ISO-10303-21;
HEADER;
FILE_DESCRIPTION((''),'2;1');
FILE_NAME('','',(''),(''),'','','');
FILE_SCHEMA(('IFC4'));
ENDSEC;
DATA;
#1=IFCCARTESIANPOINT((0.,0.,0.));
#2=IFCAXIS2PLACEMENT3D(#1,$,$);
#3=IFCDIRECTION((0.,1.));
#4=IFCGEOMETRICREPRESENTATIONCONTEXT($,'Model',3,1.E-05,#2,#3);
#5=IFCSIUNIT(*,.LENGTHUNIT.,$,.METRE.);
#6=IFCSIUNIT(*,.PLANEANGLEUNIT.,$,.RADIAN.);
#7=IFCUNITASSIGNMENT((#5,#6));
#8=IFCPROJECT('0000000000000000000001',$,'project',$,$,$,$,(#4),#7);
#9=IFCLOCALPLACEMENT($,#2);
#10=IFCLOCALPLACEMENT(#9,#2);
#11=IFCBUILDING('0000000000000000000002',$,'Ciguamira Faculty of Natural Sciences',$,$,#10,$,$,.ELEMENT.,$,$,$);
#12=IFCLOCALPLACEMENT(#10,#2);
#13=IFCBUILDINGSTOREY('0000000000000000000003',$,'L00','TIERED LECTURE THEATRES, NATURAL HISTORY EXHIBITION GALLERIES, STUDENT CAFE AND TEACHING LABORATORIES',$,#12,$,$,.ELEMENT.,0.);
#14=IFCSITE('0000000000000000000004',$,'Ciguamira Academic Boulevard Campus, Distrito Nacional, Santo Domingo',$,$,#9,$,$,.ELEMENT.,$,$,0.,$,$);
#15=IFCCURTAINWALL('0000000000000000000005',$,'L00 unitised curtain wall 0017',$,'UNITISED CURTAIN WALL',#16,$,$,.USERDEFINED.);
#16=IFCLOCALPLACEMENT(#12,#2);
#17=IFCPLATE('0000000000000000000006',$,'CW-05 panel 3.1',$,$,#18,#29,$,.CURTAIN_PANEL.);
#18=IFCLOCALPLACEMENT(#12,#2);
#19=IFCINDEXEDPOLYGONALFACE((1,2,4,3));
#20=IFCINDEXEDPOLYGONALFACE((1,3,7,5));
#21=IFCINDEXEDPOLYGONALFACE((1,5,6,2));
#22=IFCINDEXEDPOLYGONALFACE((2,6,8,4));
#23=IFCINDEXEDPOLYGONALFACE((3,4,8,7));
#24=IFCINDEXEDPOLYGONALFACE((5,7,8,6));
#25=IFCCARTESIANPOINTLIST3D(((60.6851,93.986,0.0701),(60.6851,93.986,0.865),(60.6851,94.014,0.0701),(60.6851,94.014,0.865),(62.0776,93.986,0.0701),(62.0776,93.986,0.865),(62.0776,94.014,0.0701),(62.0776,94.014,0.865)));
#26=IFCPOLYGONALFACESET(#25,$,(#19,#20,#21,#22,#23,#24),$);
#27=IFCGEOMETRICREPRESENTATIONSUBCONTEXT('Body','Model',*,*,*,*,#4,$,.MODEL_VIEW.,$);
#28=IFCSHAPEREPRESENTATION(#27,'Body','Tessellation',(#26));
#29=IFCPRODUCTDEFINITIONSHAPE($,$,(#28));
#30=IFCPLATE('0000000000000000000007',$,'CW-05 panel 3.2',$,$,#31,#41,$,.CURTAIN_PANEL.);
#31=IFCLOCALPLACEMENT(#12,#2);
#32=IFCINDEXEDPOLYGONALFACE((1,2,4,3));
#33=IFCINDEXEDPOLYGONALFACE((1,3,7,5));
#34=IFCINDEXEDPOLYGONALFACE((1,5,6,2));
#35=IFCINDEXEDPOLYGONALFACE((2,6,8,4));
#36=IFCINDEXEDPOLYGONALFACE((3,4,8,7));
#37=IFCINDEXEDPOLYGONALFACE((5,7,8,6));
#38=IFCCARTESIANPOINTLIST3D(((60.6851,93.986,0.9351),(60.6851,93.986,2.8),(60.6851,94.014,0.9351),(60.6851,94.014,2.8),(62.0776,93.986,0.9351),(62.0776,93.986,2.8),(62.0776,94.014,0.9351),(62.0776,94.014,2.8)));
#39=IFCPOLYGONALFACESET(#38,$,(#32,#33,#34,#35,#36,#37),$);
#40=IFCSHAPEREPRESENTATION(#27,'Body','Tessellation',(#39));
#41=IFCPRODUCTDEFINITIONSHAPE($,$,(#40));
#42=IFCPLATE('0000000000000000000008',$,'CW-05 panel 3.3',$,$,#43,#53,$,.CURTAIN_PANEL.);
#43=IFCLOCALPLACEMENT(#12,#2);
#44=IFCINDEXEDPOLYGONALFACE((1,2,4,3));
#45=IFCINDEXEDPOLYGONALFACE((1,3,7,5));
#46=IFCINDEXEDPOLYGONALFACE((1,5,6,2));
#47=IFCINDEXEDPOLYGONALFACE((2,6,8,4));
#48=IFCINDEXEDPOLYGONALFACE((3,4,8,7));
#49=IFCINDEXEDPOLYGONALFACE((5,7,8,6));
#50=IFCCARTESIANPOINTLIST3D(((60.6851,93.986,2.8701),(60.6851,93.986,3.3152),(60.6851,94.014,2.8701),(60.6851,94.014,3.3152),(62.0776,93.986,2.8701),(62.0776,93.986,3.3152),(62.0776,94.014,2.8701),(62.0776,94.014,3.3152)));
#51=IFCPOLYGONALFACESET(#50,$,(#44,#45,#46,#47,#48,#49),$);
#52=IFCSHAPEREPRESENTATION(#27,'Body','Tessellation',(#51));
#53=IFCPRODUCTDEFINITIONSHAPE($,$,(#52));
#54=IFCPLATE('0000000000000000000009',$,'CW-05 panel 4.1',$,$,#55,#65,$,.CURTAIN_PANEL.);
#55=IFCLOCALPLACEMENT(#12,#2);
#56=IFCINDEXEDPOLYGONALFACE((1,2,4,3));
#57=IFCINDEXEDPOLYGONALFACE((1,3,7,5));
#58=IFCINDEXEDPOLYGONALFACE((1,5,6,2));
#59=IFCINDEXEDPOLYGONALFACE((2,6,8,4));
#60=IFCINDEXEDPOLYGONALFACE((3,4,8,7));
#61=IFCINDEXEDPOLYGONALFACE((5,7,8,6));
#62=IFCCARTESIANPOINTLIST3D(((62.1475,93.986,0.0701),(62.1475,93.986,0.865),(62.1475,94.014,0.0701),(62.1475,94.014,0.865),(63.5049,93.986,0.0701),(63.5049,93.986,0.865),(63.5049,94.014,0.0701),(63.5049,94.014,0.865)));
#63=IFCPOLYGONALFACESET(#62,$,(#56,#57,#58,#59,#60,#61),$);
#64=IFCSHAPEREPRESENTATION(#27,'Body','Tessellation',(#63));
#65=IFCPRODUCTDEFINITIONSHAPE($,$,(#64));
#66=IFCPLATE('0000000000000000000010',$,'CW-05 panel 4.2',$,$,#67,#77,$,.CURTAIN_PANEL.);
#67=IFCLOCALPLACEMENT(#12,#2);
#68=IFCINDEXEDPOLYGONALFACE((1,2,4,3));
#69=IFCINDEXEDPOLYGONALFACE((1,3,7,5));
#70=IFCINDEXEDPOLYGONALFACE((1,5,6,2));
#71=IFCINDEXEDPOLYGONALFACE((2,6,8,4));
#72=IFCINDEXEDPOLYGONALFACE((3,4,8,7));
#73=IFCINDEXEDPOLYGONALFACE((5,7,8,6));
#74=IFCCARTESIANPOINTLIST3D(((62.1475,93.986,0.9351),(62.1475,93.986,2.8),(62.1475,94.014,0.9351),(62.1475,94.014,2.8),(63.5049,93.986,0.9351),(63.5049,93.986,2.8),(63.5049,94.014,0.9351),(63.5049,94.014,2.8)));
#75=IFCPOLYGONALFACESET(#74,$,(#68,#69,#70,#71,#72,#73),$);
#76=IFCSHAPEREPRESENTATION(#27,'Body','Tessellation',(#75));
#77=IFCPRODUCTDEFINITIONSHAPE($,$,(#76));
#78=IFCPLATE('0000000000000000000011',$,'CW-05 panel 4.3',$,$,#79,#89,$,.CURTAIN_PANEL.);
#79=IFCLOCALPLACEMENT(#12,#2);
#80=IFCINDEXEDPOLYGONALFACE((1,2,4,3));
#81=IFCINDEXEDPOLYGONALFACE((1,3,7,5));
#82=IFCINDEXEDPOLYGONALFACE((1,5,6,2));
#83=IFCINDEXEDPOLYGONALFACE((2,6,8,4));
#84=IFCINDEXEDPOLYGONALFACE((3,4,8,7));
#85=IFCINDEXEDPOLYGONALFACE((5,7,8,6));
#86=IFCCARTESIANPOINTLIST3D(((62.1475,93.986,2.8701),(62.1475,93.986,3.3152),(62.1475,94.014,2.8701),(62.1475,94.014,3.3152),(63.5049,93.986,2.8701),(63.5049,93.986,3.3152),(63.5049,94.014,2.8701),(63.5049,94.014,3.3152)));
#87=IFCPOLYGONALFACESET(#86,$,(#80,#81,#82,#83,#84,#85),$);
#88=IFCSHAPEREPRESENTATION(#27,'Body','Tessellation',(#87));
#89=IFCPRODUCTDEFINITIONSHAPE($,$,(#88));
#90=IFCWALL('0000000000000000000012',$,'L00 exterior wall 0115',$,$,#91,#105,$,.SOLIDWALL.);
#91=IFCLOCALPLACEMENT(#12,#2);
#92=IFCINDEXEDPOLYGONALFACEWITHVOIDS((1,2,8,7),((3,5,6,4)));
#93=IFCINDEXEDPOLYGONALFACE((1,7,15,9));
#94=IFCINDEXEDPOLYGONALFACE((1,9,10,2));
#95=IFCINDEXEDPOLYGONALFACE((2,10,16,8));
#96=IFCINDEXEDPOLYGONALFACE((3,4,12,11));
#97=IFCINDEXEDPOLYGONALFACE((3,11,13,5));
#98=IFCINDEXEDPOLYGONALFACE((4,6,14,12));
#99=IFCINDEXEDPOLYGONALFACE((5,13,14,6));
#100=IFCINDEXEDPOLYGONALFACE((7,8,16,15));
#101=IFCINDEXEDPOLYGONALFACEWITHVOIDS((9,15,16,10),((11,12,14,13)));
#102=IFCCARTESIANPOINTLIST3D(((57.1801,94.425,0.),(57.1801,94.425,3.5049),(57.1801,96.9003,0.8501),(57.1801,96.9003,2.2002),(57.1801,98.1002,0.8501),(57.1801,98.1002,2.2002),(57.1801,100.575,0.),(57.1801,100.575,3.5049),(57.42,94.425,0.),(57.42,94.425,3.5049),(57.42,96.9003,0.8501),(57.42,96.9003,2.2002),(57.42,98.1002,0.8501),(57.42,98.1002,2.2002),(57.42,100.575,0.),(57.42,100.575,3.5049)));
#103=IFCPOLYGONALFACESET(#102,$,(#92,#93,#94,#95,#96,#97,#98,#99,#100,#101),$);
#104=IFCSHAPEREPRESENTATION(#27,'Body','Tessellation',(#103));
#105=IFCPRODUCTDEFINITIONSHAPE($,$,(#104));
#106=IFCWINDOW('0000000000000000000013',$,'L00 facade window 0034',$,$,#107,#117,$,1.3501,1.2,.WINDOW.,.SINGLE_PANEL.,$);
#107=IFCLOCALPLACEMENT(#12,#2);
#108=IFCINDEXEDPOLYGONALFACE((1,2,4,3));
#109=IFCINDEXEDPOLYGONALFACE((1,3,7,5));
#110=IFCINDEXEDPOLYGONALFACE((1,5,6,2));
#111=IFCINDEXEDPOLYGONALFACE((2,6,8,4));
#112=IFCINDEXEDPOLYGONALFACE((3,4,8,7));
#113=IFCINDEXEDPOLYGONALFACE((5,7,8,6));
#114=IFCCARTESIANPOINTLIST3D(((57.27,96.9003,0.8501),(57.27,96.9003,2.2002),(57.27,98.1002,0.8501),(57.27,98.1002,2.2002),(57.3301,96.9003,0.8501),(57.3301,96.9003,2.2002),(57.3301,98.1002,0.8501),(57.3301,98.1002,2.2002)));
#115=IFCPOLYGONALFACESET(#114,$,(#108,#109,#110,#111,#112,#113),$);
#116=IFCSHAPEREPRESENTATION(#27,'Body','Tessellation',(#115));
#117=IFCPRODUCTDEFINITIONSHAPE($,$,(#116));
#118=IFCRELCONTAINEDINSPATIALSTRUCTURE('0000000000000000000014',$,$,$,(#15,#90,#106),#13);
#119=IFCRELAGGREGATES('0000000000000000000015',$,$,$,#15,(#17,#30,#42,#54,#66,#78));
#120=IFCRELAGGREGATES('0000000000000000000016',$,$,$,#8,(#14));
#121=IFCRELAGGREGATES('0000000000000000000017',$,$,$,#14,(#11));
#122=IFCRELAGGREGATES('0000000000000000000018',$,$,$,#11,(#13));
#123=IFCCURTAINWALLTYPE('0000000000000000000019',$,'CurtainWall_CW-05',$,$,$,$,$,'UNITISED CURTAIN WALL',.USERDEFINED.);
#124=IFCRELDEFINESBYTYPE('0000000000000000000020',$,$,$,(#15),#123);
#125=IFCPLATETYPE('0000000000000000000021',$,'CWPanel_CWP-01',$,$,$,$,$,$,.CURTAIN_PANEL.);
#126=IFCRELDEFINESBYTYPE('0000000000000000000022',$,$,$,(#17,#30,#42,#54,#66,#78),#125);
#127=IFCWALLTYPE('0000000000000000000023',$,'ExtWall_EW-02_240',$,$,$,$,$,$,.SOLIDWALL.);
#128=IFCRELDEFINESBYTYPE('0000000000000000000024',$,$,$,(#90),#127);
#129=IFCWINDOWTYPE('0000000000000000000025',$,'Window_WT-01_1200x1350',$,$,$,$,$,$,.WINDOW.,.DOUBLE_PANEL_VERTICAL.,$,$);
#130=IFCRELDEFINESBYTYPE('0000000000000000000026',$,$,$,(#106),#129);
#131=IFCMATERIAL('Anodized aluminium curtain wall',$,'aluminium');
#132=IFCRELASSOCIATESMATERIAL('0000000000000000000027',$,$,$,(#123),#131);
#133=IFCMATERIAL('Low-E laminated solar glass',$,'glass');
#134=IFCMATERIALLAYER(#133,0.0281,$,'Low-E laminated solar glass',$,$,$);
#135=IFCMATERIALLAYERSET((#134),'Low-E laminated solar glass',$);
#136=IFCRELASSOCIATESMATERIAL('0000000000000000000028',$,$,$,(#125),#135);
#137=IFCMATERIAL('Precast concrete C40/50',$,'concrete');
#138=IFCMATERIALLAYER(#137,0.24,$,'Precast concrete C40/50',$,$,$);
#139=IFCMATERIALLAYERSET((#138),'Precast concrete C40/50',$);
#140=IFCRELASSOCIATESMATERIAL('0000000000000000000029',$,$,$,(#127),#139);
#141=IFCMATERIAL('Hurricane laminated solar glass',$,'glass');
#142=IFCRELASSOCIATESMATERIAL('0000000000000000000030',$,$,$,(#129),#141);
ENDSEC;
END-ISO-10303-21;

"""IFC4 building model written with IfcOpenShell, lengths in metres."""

from ifc_helpers import new_model, si_unit, direction, frame, frame_2d, origin, origin_2d, place, context, subcontext, project, spatial, rectangle, extrude, material, layer, layer_set, type_object, element, fill, aggregate, save


model = new_model("IFC4")

# Units and contexts
model_context = context("Model", 3, precision=1e-05, world=origin(), true_north=direction((0.0, 1.0)))
body_context = subcontext(model_context, "Body", "Model", "MODEL_VIEW")
ifc_project = project(units=[si_unit("LENGTHUNIT", "METRE"), si_unit("PLANEANGLEUNIT", "RADIAN")], contexts=[model_context])

# Site, building, storey
site_placement = place(None, origin())
site = spatial("IfcSite", under=ifc_project, at=site_placement, Name="Ciguamira Academic Boulevard Campus, Distrito Nacional, Santo Domingo", CompositionType="ELEMENT", RefElevation=0.0)
building_placement = place(site_placement, origin())
building = spatial("IfcBuilding", under=site, at=building_placement, Name="Ciguamira Faculty of Natural Sciences", CompositionType="ELEMENT")
storey_placement = place(building_placement, origin())
storey = spatial("IfcBuildingStorey", under=building, at=storey_placement, Name="L00", Description="TIERED LECTURE THEATRES, NATURAL HISTORY EXHIBITION GALLERIES, STUDENT CAFE AND TEACHING LABORATORIES", CompositionType="ELEMENT", Elevation=0.0)

# Curtain wall
ifc_material_1 = material(Name="Anodized aluminium curtain wall", Category="aluminium")
curtain_wall_type = type_object("IfcCurtainWallType", Name="CurtainWall_CW-05", ElementType="UNITISED CURTAIN WALL", PredefinedType="USERDEFINED", material=ifc_material_1)
curtain_wall_placement = place(storey_placement, origin())
curtain_wall = element("IfcCurtainWall", 1, at=curtain_wall_placement, inside=storey, type_object=curtain_wall_type, Name="L00 unitised curtain wall 0017", ObjectType="UNITISED CURTAIN WALL", PredefinedType="USERDEFINED")

# Shared definitions
ifc_material_2 = material(Name="Precast concrete C40/50", Category="concrete")

# Plates
ifc_material_3 = material(Name="Low-E laminated solar glass", Category="glass")
ifc_layer_1 = layer(ifc_material_3, 0.0281, Name="Low-E laminated solar glass")
ifc_layer_set_1 = layer_set([ifc_layer_1], Name="Low-E laminated solar glass")
plate_type = type_object("IfcPlateType", Name="CWPanel_CWP-01", PredefinedType="CURTAIN_PANEL", material=ifc_layer_set_1)
plate_1_placement = place(storey_placement, frame((61.3813, 94.0, 0.0701), z_axis=(0.0, 0.0, 1.0), x_axis=(1.0, 0.0, 0.0)))
plate_1 = element("IfcPlate", 2, at=plate_1_placement, type_object=plate_type, Name="CW-05 panel 3.1", PredefinedType="CURTAIN_PANEL", context=body_context, shape_type="SweptSolid", body=[
    extrude(rectangle(XDim=1.3926, YDim=0.0281, at=origin_2d()), origin(), (0.0, 0.0, 1.0), 0.7949),
])
plate_2_placement = place(storey_placement, frame((61.3813, 94.0, 0.9351), z_axis=(0.0, 0.0, 1.0), x_axis=(1.0, 0.0, 0.0)))
plate_2 = element("IfcPlate", 3, at=plate_2_placement, type_object=plate_type, Name="CW-05 panel 3.2", PredefinedType="CURTAIN_PANEL", context=body_context, shape_type="SweptSolid", body=[
    extrude(rectangle(XDim=1.3926, YDim=0.0281, at=origin_2d()), origin(), (0.0, 0.0, 1.0), 1.865),
])
plate_3_placement = place(storey_placement, frame((61.3813, 94.0, 2.8701), z_axis=(0.0, 0.0, 1.0), x_axis=(1.0, 0.0, 0.0)))
plate_3 = element("IfcPlate", 4, at=plate_3_placement, type_object=plate_type, Name="CW-05 panel 3.3", PredefinedType="CURTAIN_PANEL", context=body_context, shape_type="SweptSolid", body=[
    extrude(rectangle(XDim=1.3926, YDim=0.0281, at=origin_2d()), origin(), (0.0, 0.0, 1.0), 0.4451),
])
plate_4_placement = place(storey_placement, frame((62.8262, 94.0, 0.0701), z_axis=(0.0, 0.0, 1.0), x_axis=(1.0, 0.0, 0.0)))
plate_4 = element("IfcPlate", 5, at=plate_4_placement, type_object=plate_type, Name="CW-05 panel 4.1", PredefinedType="CURTAIN_PANEL", context=body_context, shape_type="SweptSolid", body=[
    extrude(rectangle(XDim=1.3574, YDim=0.0281, at=origin_2d()), origin(), (0.0, 0.0, 1.0), 0.7949),
])
plate_5_placement = place(storey_placement, frame((62.8262, 94.0, 0.9351), z_axis=(0.0, 0.0, 1.0), x_axis=(1.0, 0.0, 0.0)))
plate_5 = element("IfcPlate", 6, at=plate_5_placement, type_object=plate_type, Name="CW-05 panel 4.2", PredefinedType="CURTAIN_PANEL", context=body_context, shape_type="SweptSolid", body=[
    extrude(rectangle(XDim=1.3574, YDim=0.0281, at=origin_2d()), origin(), (0.0, 0.0, 1.0), 1.865),
])
plate_6_placement = place(storey_placement, frame((62.8262, 94.0, 2.8701), z_axis=(0.0, 0.0, 1.0), x_axis=(1.0, 0.0, 0.0)))
plate_6 = element("IfcPlate", 7, at=plate_6_placement, type_object=plate_type, Name="CW-05 panel 4.3", PredefinedType="CURTAIN_PANEL", context=body_context, shape_type="SweptSolid", body=[
    extrude(rectangle(XDim=1.3574, YDim=0.0281, at=origin_2d()), origin(), (0.0, 0.0, 1.0), 0.4451),
])
aggregate(curtain_wall, [plate_1, plate_2, plate_3, plate_4, plate_5, plate_6])

# Wall, opening, window
ifc_layer_2 = layer(ifc_material_2, 0.24, Name="Precast concrete C40/50")
ifc_layer_set_2 = layer_set([ifc_layer_2], Name="Precast concrete C40/50")
wall_type = type_object("IfcWallType", Name="ExtWall_EW-02_240", PredefinedType="SOLIDWALL", material=ifc_layer_set_2)
wall_placement = place(storey_placement, frame((57.3, 94.425, 0.0), z_axis=(0.0, 0.0, 1.0), x_axis=(0.0, 1.0, 0.0)))
wall = element("IfcWall", 8, at=wall_placement, inside=storey, type_object=wall_type, Name="L00 exterior wall 0115", PredefinedType="SOLIDWALL", context=body_context, shape_type="SweptSolid", body=[
    extrude(rectangle(XDim=6.1499, YDim=0.24, at=frame_2d((3.075, 0.0))), origin(), (0.0, 0.0, 1.0), 3.5049),
])
opening_placement = place(wall_placement, frame((2.4751, 0.0, 0.8501)))
opening = element("IfcOpeningElement", 9, at=opening_placement, cuts=wall, PredefinedType="OPENING", context=body_context, shape_type="SweptSolid", body=[
    extrude(rectangle(XDim=1.2, YDim=1.3501, at=frame_2d((0.6001, 0.675))), frame((0.0, 0.1299, 0.0), z_axis=(0.0, -1.0, 0.0), x_axis=(1.0, 0.0, 0.0)), (0.0, 0.0, 1.0), 0.26),
])
ifc_material_4 = material(Name="Hurricane laminated solar glass", Category="glass")
window_type = type_object("IfcWindowType", Name="Window_WT-01_1200x1350", PartitioningType="DOUBLE_PANEL_VERTICAL", PredefinedType="WINDOW", material=ifc_material_4)
window_placement = place(opening_placement, origin())
window = element("IfcWindow", 10, at=window_placement, inside=storey, type_object=window_type, Name="L00 facade window 0034", OverallHeight=1.3501, OverallWidth=1.2, PartitioningType="SINGLE_PANEL", PredefinedType="WINDOW", context=body_context, shape_type="SweptSolid", body=[
    extrude(rectangle(XDim=1.2, YDim=1.3501, at=frame_2d((0.6001, 0.675))), frame((0.0, 0.03, 0.0), z_axis=(0.0, -1.0, 0.0), x_axis=(1.0, 0.0, 0.0)), (0.0, 0.0, 1.0), 0.0601),
])
fill(opening, window)

save(model, "model.ifc")
